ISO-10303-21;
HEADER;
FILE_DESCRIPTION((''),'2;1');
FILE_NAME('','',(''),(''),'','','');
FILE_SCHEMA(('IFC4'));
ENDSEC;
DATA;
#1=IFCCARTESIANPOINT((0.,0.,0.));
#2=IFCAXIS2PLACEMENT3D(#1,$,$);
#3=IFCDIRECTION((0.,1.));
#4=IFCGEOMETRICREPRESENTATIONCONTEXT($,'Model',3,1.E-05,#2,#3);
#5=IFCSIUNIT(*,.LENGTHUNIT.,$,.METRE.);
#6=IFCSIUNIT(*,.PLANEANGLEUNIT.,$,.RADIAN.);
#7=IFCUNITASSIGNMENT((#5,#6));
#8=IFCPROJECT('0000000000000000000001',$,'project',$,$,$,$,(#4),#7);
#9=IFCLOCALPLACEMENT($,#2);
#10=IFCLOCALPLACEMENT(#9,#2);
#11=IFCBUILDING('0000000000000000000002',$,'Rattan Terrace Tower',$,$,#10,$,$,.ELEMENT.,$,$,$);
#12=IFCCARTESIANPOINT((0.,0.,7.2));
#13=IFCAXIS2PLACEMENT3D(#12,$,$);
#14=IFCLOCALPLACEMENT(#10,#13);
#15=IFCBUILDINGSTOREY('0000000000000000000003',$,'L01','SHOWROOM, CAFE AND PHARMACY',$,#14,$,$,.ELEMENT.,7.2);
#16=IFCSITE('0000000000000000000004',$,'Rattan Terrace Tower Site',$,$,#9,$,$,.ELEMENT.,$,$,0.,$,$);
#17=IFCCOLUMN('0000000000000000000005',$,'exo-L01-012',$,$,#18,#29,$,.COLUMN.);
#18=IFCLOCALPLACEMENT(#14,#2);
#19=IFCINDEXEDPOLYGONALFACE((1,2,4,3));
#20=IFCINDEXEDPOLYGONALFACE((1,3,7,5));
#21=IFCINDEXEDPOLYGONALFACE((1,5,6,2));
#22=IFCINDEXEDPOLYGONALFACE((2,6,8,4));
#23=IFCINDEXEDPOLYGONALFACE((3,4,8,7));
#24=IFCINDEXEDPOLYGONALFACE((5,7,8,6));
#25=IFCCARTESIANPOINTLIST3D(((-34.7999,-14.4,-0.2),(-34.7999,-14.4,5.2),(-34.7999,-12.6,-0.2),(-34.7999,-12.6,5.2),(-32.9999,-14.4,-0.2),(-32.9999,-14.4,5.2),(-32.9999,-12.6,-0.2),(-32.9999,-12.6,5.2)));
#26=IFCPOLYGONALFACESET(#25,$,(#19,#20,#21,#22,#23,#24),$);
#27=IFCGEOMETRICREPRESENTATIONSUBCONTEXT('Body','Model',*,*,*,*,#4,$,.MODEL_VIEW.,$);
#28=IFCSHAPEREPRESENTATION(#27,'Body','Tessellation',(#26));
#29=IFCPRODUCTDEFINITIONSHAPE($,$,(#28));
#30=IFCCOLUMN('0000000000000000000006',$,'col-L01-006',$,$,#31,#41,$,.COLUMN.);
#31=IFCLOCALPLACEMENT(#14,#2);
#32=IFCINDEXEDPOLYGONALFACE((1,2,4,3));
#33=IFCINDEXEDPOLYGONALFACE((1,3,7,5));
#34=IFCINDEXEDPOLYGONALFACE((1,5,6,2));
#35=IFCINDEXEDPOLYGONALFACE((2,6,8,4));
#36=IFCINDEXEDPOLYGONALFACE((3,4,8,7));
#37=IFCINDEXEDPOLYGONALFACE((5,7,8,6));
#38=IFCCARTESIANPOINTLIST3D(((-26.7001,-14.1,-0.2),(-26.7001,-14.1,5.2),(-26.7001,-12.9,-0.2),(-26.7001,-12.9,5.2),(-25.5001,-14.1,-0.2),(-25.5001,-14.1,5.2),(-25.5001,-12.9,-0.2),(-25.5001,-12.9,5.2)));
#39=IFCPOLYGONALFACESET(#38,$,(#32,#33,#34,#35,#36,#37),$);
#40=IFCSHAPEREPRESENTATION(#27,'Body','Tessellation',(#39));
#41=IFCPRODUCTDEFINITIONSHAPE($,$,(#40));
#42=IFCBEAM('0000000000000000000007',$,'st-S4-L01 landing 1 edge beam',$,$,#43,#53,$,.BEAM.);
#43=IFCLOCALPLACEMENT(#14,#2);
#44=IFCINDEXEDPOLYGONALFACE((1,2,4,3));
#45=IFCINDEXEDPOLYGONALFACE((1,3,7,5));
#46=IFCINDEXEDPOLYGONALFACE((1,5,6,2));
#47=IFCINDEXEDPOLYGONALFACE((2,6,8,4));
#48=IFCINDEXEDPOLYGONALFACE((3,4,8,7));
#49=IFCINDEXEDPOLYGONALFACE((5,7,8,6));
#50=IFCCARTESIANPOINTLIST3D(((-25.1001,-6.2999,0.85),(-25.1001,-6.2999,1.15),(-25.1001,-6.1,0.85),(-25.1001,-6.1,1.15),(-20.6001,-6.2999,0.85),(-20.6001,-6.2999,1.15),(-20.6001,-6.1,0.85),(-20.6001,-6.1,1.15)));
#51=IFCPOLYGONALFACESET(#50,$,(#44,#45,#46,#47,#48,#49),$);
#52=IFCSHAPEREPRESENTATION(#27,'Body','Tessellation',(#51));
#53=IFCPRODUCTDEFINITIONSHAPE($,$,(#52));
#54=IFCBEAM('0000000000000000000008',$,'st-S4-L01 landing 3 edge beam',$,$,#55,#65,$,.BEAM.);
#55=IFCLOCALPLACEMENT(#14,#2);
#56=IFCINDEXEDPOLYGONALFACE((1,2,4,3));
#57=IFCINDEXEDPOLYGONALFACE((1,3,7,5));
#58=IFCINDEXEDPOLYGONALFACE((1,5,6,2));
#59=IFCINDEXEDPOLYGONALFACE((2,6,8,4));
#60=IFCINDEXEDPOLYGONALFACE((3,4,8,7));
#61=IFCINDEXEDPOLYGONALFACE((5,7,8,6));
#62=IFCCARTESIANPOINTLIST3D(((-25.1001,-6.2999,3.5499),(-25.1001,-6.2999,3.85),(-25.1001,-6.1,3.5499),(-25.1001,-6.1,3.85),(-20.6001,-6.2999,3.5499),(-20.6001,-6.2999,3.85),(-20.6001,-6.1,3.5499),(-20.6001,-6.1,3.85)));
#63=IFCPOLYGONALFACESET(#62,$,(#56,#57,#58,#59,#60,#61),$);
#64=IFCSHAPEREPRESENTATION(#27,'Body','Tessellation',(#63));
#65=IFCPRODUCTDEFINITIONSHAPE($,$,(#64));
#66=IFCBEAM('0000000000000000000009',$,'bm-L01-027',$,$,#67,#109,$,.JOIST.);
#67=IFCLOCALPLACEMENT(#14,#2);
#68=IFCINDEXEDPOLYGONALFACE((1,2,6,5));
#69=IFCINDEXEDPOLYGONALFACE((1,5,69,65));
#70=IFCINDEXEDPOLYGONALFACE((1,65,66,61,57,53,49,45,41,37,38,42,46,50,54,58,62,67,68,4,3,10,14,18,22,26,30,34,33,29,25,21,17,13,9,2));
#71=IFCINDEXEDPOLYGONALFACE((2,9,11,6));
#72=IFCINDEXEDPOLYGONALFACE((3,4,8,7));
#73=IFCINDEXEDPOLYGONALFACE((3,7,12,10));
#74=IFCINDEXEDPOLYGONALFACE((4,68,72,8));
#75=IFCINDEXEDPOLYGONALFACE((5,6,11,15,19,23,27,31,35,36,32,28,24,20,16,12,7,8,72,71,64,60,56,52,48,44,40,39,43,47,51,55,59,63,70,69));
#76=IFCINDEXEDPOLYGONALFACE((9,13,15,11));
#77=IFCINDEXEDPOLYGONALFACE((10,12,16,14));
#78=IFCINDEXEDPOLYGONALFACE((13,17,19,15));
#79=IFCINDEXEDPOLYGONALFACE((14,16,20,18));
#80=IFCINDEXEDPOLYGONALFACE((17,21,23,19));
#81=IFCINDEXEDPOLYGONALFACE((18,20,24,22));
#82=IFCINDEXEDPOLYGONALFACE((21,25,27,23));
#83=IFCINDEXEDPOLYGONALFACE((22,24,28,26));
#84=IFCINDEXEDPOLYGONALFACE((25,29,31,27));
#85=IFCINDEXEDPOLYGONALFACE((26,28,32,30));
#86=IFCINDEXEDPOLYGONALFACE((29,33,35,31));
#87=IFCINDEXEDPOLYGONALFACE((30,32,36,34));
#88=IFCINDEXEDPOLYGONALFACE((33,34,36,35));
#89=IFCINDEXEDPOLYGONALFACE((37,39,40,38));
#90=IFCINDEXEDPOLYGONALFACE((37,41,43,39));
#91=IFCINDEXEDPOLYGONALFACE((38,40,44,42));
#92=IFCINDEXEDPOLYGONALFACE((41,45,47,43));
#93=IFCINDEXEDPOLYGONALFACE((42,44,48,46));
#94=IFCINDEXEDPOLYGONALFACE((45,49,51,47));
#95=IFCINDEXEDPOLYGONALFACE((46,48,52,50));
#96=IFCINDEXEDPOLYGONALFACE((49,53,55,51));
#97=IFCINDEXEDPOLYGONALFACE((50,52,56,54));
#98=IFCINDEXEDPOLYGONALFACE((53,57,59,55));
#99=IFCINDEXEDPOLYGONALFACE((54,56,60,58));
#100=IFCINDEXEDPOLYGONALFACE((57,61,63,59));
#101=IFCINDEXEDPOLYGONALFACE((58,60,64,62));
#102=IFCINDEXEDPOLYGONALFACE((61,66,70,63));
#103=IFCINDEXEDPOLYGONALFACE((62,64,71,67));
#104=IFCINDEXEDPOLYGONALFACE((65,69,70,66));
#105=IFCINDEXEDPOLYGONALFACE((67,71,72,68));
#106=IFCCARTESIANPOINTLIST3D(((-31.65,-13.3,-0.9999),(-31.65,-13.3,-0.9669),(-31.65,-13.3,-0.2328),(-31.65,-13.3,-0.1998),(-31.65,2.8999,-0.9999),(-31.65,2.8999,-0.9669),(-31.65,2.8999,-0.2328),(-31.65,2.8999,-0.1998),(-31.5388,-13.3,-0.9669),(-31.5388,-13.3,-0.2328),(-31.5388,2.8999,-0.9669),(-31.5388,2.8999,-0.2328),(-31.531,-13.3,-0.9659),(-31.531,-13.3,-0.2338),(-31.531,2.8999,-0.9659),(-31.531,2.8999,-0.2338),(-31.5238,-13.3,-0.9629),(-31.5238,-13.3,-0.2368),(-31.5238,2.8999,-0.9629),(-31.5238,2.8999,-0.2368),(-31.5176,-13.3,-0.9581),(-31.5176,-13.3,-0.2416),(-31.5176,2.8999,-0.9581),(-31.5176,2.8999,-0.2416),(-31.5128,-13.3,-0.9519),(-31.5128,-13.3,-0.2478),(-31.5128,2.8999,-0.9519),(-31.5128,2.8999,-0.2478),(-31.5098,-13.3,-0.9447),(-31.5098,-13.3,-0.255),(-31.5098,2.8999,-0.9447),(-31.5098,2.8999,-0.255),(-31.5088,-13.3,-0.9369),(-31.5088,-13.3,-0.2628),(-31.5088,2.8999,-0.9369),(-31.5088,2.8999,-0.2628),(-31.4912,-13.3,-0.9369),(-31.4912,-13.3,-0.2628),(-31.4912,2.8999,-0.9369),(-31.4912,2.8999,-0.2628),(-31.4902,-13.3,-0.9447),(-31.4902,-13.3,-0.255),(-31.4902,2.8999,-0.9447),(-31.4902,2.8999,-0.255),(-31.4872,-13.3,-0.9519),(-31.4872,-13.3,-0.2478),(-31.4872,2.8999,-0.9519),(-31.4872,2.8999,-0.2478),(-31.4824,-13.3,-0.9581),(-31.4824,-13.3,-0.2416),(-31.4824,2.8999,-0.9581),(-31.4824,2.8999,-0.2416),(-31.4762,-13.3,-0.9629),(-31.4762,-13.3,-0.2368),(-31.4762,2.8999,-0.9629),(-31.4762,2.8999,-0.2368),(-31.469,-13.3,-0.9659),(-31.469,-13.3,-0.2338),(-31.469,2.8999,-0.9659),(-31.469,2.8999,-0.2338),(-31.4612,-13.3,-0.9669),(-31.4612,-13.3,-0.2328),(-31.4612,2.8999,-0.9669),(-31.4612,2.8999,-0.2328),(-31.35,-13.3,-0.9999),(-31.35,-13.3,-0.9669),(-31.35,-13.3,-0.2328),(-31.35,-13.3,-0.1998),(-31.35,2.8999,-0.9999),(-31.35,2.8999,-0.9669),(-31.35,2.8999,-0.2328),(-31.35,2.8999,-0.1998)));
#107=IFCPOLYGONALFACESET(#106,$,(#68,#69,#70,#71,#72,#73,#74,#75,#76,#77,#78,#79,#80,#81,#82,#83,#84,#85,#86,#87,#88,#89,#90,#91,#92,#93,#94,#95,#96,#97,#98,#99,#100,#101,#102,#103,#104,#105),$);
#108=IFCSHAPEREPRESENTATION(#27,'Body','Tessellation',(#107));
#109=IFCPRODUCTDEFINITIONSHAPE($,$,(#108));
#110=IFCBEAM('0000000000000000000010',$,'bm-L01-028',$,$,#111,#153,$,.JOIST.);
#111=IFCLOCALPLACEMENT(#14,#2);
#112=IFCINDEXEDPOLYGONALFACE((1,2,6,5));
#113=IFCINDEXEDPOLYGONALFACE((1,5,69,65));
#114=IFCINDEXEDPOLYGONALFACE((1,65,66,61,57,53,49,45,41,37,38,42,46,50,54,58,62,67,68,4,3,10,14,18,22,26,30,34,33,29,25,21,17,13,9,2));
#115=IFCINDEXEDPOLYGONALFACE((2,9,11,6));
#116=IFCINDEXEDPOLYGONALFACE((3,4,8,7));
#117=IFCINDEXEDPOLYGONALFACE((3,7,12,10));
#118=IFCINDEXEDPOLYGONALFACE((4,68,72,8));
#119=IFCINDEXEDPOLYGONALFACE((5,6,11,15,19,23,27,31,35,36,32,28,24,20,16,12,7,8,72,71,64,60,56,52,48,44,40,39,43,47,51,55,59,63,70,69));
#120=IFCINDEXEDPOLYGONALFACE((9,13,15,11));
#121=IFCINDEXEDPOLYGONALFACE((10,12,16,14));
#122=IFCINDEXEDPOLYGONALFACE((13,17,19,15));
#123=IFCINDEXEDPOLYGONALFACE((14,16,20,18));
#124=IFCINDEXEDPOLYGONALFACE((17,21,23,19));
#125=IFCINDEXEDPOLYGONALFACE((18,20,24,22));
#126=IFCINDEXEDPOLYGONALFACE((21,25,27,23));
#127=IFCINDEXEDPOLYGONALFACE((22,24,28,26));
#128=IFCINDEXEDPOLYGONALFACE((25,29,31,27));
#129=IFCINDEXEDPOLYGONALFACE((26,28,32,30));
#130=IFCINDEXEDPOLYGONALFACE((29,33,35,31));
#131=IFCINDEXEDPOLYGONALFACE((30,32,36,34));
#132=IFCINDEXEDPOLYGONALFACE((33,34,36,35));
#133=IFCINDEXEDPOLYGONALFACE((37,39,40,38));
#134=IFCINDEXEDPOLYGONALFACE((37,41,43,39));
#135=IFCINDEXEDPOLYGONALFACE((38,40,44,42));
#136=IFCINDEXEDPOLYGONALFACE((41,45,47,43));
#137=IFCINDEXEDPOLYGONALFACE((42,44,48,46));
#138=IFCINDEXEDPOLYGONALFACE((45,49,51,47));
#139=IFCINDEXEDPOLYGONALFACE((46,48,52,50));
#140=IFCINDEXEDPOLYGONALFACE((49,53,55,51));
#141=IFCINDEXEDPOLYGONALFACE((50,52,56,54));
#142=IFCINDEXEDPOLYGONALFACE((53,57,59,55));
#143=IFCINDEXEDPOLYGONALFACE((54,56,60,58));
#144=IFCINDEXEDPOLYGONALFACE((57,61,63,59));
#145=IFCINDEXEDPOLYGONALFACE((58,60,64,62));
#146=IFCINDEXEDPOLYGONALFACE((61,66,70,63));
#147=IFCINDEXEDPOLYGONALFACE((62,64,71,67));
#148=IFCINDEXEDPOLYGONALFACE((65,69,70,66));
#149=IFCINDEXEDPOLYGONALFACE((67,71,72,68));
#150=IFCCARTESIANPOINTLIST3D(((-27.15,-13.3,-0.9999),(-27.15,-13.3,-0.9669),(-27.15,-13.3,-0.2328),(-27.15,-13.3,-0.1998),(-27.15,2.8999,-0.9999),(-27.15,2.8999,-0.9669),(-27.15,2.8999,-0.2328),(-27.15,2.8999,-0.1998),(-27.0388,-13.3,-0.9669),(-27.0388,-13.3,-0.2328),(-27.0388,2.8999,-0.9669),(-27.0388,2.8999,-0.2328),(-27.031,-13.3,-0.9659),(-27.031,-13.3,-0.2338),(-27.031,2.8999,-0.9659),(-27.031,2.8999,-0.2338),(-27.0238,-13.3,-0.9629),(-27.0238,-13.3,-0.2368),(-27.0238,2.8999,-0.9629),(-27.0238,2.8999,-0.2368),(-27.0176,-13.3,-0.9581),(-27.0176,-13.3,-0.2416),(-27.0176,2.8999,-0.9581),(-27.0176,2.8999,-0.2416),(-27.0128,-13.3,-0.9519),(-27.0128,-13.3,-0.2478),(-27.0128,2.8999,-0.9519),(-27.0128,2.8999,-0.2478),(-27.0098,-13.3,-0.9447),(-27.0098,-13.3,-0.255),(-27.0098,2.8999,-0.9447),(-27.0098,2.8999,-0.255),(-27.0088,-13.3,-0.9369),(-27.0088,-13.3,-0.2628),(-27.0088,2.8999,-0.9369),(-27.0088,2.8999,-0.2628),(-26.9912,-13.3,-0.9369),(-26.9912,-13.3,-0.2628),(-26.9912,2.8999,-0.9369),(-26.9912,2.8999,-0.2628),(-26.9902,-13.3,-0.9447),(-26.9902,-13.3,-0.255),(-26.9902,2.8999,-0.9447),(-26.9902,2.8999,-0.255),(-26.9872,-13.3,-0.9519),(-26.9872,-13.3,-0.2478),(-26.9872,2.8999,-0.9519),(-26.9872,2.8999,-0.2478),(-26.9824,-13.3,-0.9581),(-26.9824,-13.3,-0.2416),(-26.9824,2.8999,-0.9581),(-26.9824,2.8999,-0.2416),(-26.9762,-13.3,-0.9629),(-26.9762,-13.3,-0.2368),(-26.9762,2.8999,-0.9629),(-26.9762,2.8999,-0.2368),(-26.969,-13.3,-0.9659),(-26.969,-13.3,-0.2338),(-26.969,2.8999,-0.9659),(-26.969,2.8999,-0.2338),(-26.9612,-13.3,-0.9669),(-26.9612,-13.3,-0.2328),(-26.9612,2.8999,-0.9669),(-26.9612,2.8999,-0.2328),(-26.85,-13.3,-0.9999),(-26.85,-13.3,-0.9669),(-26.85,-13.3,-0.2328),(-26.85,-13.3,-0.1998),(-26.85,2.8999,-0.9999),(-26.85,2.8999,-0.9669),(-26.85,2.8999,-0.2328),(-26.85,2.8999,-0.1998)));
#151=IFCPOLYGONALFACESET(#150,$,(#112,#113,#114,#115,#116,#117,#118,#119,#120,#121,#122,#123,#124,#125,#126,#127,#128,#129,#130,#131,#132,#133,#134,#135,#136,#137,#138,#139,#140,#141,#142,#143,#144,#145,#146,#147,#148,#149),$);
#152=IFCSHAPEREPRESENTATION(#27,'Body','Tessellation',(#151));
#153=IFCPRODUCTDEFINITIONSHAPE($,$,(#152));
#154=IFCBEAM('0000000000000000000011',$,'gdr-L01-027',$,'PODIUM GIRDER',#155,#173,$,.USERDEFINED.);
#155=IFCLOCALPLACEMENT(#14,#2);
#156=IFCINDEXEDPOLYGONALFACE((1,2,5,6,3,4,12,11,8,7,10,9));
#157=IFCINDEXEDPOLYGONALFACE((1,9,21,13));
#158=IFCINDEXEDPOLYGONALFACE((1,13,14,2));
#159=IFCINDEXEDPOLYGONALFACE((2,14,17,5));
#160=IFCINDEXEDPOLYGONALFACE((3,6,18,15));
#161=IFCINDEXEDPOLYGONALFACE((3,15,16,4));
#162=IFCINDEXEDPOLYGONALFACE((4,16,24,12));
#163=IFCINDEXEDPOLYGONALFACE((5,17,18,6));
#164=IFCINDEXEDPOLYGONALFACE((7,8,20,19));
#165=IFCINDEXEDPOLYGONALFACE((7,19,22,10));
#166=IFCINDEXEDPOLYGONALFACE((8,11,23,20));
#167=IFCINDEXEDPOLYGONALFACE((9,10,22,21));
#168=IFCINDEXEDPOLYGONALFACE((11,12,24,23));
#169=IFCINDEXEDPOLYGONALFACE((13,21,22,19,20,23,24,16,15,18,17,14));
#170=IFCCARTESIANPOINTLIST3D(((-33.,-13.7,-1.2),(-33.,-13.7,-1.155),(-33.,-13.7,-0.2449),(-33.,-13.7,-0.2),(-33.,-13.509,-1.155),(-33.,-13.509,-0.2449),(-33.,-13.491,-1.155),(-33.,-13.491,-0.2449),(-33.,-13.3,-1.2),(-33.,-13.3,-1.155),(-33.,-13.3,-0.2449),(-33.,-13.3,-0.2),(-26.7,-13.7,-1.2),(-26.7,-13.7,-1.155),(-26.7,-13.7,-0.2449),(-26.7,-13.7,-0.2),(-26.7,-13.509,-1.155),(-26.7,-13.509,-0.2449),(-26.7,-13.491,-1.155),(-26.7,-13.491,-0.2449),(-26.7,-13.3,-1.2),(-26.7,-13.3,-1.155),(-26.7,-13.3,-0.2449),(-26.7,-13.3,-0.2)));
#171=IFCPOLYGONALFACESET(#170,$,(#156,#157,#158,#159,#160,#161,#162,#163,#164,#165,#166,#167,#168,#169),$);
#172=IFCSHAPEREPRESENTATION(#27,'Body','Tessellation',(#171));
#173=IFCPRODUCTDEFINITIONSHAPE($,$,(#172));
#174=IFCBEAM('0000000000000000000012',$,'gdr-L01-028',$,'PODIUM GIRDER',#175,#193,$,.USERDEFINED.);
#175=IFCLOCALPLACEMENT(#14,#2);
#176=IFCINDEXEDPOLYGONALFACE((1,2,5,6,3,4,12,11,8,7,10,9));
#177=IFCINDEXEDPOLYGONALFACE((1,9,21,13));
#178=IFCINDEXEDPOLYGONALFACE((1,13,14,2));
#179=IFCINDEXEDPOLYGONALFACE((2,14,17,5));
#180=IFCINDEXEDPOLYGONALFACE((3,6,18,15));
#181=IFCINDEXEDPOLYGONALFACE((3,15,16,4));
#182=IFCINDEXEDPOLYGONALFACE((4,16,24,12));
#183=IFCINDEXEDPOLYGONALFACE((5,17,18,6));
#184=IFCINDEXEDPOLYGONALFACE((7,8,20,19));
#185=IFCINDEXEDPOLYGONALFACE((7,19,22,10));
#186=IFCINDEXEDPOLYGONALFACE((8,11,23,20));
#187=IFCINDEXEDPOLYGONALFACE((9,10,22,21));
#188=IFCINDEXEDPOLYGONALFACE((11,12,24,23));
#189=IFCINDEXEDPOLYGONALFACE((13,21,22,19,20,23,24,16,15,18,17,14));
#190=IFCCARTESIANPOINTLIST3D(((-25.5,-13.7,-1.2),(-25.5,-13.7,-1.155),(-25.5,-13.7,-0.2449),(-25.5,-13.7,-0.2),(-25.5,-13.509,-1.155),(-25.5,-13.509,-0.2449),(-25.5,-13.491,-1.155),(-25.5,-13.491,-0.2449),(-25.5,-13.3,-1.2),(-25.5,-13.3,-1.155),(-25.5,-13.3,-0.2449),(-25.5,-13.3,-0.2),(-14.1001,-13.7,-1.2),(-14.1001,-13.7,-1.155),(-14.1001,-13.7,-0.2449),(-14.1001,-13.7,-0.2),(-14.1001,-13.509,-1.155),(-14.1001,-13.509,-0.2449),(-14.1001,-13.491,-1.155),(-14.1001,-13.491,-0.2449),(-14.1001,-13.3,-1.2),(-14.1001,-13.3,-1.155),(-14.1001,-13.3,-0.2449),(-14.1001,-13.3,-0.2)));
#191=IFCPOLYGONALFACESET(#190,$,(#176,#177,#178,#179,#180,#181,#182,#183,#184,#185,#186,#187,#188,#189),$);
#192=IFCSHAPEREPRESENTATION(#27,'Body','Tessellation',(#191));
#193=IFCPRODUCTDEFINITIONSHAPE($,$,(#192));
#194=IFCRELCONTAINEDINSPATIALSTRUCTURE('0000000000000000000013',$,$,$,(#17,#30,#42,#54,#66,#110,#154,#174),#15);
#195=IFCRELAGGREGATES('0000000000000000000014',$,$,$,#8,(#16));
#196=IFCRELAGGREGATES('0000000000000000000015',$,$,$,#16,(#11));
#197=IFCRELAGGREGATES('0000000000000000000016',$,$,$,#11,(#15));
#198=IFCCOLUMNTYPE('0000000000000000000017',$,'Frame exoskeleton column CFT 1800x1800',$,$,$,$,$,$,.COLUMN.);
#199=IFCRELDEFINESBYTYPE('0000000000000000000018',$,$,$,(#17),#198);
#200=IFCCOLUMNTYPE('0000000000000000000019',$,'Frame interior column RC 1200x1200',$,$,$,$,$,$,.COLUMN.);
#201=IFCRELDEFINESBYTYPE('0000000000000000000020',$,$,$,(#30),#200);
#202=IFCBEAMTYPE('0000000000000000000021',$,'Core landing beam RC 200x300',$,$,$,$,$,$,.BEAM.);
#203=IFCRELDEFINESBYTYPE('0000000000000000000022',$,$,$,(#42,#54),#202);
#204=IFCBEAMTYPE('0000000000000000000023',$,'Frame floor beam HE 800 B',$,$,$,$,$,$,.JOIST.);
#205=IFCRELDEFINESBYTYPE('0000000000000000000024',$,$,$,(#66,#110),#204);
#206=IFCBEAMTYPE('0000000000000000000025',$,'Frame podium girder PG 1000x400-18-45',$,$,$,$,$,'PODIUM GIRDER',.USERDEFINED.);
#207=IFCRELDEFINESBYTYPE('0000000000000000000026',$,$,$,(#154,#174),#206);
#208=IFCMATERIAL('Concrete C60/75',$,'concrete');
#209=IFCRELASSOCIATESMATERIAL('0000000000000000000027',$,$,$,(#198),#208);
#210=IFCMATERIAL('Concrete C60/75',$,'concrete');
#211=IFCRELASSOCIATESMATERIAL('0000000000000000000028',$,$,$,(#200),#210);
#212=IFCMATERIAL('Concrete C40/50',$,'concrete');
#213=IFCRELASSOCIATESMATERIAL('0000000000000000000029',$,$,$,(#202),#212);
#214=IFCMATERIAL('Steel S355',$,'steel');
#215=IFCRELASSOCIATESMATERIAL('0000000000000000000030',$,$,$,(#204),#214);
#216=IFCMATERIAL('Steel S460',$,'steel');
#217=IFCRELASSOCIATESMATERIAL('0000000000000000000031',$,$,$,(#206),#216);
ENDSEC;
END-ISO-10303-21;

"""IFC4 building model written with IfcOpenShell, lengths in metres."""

from ifc_helpers import new_model, si_unit, direction, frame, origin, origin_2d, place, context, subcontext, project, spatial, rectangle, i_section, extrude, material, material_profile, profile_set, type_object, element, save


model = new_model("IFC4")

# Units and contexts
model_context = context("Model", 3, precision=1e-05, world=origin(), true_north=direction((0.0, 1.0)))
body_context = subcontext(model_context, "Body", "Model", "MODEL_VIEW")
ifc_project = project(units=[si_unit("LENGTHUNIT", "METRE"), si_unit("PLANEANGLEUNIT", "RADIAN")], contexts=[model_context])

# Site, building, storey
site_placement = place(None, origin())
site = spatial("IfcSite", under=ifc_project, at=site_placement, Name="Rattan Terrace Tower Site", CompositionType="ELEMENT", RefElevation=0.0)
building_placement = place(site_placement, origin())
building = spatial("IfcBuilding", under=site, at=building_placement, Name="Rattan Terrace Tower", CompositionType="ELEMENT")
storey_placement = place(building_placement, frame((0.0, 0.0, 7.2)))
storey = spatial("IfcBuildingStorey", under=building, at=storey_placement, Name="L01", Description="SHOWROOM, CAFE AND PHARMACY", CompositionType="ELEMENT", Elevation=7.2)

# Columns
ifc_material_1 = material(Name="Concrete C60/75", Category="concrete")
ifc_material_profile_1 = material_profile(ifc_material_1, rectangle(XDim=1.8, YDim=1.8, at=origin_2d()), Name="CFT 1800x1800")
ifc_profile_set_1 = profile_set([ifc_material_profile_1], Name="Concrete C60/75")
column_type_1 = type_object("IfcColumnType", Name="Frame exoskeleton column CFT 1800x1800", PredefinedType="COLUMN", material=ifc_profile_set_1)
column_1_placement = place(storey_placement, frame((-33.8999, -13.5, -0.2), z_axis=(0.0, 0.0, 1.0), x_axis=(0.0, 1.0, 0.0)))
element("IfcColumn", 1, at=column_1_placement, inside=storey, type_object=column_type_1, Name="exo-L01-012", PredefinedType="COLUMN", context=body_context, shape_type="SweptSolid", body=[
    extrude(rectangle(XDim=1.8, YDim=1.8, at=origin_2d()), origin(), (0.0, 0.0, 1.0), 5.3999),
])
ifc_material_2 = material(Name="Concrete C60/75", Category="concrete")
ifc_material_profile_2 = material_profile(ifc_material_2, rectangle(XDim=1.2, YDim=1.2, at=origin_2d()), Name="RC 1200x1200")
ifc_profile_set_2 = profile_set([ifc_material_profile_2], Name="Concrete C60/75")
column_type_2 = type_object("IfcColumnType", Name="Frame interior column RC 1200x1200", PredefinedType="COLUMN", material=ifc_profile_set_2)
column_2_placement = place(storey_placement, frame((-26.1001, -13.5, -0.2), z_axis=(0.0, 0.0, 1.0), x_axis=(1.0, 0.0, 0.0)))
element("IfcColumn", 2, at=column_2_placement, inside=storey, type_object=column_type_2, Name="col-L01-006", PredefinedType="COLUMN", context=body_context, shape_type="SweptSolid", body=[
    extrude(rectangle(XDim=1.2, YDim=1.2, at=origin_2d()), origin(), (0.0, 0.0, 1.0), 5.3999),
])

# Beams
ifc_material_3 = material(Name="Concrete C40/50", Category="concrete")
ifc_material_profile_3 = material_profile(ifc_material_3, rectangle(XDim=0.2, YDim=0.3, at=origin_2d()), Name="RC 200x300")
ifc_profile_set_3 = profile_set([ifc_material_profile_3], Name="Concrete C40/50")
beam_type_1 = type_object("IfcBeamType", Name="Core landing beam RC 200x300", PredefinedType="BEAM", material=ifc_profile_set_3)
for number, where, z_axis, x_axis, name in (
    (3, (-25.1001, -6.2, 1.0), (1.0, 0.0, 0.0), (0.0, 1.0, 0.0), "st-S4-L01 landing 1 edge beam"),
    (4, (-25.1001, -6.2, 3.7), (1.0, 0.0, 0.0), (0.0, 1.0, 0.0), "st-S4-L01 landing 3 edge beam"),
):
    element("IfcBeam", number, at=place(storey_placement, frame(where, z_axis=z_axis, x_axis=x_axis)), inside=storey, type_object=beam_type_1, Name=name, PredefinedType="BEAM", context=body_context, shape_type="SweptSolid", body=[
        extrude(rectangle(XDim=0.2, YDim=0.3, at=origin_2d()), origin(), (0.0, 0.0, 1.0), 4.5),
    ])
ifc_material_4 = material(Name="Steel S355", Category="steel")
ifc_material_profile_4 = material_profile(ifc_material_4, i_section(OverallWidth=0.3, OverallDepth=0.8, WebThickness=0.0176, FlangeThickness=0.033, FilletRadius=0.03, at=origin_2d()), Name="HE 800 B")
ifc_profile_set_4 = profile_set([ifc_material_profile_4], Name="Steel S355")
beam_type_2 = type_object("IfcBeamType", Name="Frame floor beam HE 800 B", PredefinedType="JOIST", material=ifc_profile_set_4)
for number, where, z_axis, x_axis, name in (
    (5, (-31.5, -13.3, -0.5999), (0.0, 1.0, 0.0), (-1.0, 0.0, 0.0), "bm-L01-027"),
    (6, (-27.0, -13.3, -0.5999), (0.0, 1.0, 0.0), (-1.0, 0.0, 0.0), "bm-L01-028"),
):
    element("IfcBeam", number, at=place(storey_placement, frame(where, z_axis=z_axis, x_axis=x_axis)), inside=storey, type_object=beam_type_2, Name=name, PredefinedType="JOIST", context=body_context, shape_type="SweptSolid", body=[
        extrude(i_section(OverallWidth=0.3, OverallDepth=0.8, WebThickness=0.0176, FlangeThickness=0.033, FilletRadius=0.03, at=origin_2d()), origin(), (0.0, 0.0, 1.0), 16.2),
    ])
ifc_material_5 = material(Name="Steel S460", Category="steel")
ifc_material_profile_5 = material_profile(ifc_material_5, i_section(OverallWidth=0.3999, OverallDepth=1.0, WebThickness=0.0181, FlangeThickness=0.0449, at=origin_2d()), Name="PG 1000x400-18-45")
ifc_profile_set_5 = profile_set([ifc_material_profile_5], Name="Steel S460")
beam_type_3 = type_object("IfcBeamType", Name="Frame podium girder PG 1000x400-18-45", ElementType="PODIUM GIRDER", PredefinedType="USERDEFINED", material=ifc_profile_set_5)
beam_1_placement = place(storey_placement, frame((-33.0, -13.5, -0.7), z_axis=(1.0, 0.0, 0.0), x_axis=(0.0, 1.0, 0.0)))
element("IfcBeam", 7, at=beam_1_placement, inside=storey, type_object=beam_type_3, Name="gdr-L01-027", ObjectType="PODIUM GIRDER", PredefinedType="USERDEFINED", context=body_context, shape_type="SweptSolid", body=[
    extrude(i_section(OverallWidth=0.3999, OverallDepth=1.0, WebThickness=0.0181, FlangeThickness=0.0449, at=origin_2d()), origin(), (0.0, 0.0, 1.0), 6.3),
])
beam_2_placement = place(storey_placement, frame((-25.5, -13.5, -0.7), z_axis=(1.0, 0.0, 0.0), x_axis=(0.0, 1.0, 0.0)))
element("IfcBeam", 8, at=beam_2_placement, inside=storey, type_object=beam_type_3, Name="gdr-L01-028", ObjectType="PODIUM GIRDER", PredefinedType="USERDEFINED", context=body_context, shape_type="SweptSolid", body=[
    extrude(i_section(OverallWidth=0.3999, OverallDepth=1.0, WebThickness=0.0181, FlangeThickness=0.0449, at=origin_2d()), origin(), (0.0, 0.0, 1.0), 11.3999),
])

save(model, "model.ifc")
